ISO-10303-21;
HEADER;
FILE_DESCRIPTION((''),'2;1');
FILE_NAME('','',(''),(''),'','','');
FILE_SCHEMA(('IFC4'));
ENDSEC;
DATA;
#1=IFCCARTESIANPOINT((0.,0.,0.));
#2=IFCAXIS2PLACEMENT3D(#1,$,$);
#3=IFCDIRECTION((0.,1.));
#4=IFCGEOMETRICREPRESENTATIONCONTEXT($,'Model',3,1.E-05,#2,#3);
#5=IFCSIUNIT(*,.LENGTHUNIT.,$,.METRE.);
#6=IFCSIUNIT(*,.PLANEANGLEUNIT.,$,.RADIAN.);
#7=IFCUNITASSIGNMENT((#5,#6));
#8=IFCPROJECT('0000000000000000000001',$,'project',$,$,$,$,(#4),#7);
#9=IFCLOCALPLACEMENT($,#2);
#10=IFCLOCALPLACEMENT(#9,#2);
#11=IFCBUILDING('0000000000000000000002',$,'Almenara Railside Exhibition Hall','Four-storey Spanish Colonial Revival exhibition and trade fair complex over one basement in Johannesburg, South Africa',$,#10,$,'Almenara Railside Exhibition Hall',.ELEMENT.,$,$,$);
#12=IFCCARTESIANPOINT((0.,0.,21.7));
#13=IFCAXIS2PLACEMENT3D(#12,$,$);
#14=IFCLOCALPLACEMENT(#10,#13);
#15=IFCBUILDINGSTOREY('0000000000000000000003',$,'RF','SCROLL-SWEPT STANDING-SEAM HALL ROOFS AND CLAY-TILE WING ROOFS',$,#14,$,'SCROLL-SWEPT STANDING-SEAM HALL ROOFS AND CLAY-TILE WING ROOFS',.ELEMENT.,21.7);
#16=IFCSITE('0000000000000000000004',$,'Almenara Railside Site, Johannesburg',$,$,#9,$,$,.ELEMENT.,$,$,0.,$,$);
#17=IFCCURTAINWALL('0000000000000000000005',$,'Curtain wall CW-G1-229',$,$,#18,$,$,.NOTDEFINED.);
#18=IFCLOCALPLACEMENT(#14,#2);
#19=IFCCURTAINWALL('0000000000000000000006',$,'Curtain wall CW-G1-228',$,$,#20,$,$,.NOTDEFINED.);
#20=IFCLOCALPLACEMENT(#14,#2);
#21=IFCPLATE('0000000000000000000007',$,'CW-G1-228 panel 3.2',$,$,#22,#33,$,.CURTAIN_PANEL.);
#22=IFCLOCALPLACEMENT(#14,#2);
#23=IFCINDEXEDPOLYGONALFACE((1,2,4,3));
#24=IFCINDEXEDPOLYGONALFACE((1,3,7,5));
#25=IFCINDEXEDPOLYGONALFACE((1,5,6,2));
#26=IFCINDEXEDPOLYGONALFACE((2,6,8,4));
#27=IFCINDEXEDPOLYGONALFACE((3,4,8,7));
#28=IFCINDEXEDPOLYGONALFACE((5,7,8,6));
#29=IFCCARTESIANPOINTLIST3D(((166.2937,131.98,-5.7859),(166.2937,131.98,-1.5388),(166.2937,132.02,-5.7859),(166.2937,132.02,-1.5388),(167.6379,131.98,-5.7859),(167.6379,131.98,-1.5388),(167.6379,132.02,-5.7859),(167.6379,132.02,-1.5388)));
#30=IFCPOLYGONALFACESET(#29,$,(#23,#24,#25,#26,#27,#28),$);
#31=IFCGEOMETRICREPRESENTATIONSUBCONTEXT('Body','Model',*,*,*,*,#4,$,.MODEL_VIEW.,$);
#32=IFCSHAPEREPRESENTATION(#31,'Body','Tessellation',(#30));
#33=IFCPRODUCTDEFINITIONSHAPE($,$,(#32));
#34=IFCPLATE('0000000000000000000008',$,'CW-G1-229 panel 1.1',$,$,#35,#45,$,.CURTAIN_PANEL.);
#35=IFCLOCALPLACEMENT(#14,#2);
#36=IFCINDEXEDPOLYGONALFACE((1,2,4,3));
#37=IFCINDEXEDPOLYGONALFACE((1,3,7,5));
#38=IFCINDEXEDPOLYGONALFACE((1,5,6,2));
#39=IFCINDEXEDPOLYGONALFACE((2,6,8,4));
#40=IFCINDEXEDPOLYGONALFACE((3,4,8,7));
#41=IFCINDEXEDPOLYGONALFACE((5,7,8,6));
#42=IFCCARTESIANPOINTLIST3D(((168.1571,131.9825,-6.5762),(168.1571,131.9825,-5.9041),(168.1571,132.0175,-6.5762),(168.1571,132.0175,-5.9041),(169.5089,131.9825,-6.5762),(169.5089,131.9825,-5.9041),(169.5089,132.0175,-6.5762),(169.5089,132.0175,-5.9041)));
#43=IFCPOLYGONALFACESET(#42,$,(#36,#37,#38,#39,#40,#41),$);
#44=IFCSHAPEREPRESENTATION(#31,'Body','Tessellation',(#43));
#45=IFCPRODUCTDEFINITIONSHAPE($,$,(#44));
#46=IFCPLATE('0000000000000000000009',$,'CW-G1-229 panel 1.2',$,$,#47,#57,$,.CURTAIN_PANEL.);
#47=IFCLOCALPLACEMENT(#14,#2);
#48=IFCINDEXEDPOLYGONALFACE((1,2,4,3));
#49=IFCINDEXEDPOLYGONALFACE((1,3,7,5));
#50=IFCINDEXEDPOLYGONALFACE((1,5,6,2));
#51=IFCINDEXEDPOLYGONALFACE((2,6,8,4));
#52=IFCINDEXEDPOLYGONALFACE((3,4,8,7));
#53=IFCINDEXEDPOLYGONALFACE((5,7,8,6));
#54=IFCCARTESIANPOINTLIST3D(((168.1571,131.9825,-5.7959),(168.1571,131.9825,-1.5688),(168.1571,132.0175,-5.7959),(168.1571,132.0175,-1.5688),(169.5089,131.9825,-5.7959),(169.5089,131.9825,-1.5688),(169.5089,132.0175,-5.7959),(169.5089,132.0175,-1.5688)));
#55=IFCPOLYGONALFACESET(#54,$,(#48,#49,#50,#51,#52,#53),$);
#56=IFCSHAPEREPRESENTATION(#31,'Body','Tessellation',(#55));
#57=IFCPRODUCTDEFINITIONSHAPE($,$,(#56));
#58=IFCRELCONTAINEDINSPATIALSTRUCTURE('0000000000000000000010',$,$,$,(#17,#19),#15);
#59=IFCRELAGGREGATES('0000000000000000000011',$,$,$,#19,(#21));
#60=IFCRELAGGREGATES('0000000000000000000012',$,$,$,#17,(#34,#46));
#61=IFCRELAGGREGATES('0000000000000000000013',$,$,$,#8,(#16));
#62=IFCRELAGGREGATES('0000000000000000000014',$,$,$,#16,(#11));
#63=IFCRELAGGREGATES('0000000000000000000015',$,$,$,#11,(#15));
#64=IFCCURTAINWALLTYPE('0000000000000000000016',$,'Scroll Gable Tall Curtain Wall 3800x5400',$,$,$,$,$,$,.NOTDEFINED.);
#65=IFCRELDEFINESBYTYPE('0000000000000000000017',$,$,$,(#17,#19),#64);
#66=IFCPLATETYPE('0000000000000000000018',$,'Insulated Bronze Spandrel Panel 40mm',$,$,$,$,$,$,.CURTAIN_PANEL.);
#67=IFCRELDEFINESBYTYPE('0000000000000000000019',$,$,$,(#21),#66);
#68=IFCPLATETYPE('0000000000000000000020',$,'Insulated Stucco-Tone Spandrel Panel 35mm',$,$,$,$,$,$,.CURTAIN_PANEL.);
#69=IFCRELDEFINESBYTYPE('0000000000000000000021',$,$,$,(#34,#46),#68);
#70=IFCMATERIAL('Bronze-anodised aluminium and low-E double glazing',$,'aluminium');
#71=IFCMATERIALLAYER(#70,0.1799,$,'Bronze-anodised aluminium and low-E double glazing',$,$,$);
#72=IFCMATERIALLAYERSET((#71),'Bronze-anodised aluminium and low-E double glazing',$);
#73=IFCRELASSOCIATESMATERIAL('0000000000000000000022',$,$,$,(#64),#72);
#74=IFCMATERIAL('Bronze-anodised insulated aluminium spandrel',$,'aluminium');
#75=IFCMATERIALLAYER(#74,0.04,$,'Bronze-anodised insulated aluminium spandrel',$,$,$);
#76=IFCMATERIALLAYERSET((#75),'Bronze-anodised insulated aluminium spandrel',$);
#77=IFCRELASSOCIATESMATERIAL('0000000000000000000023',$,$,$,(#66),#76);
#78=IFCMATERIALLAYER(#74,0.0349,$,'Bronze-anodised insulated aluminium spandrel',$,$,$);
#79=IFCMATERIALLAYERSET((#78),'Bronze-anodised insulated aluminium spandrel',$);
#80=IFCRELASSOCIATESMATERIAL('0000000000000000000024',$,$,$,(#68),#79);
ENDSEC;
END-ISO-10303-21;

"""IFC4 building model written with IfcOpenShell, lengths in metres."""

from ifc_helpers import new_model, si_unit, direction, frame, origin, origin_2d, place, context, subcontext, project, spatial, rectangle, extrude, material, layer, layer_set, type_object, element, aggregate, save


model = new_model("IFC4")

# Units and contexts
model_context = context("Model", 3, precision=1e-05, world=origin(), true_north=direction((0.0, 1.0)))
body_context = subcontext(model_context, "Body", "Model", "MODEL_VIEW")
ifc_project = project(units=[si_unit("LENGTHUNIT", "METRE"), si_unit("PLANEANGLEUNIT", "RADIAN")], contexts=[model_context])

# Site, building, storey
site_placement = place(None, origin())
site = spatial("IfcSite", under=ifc_project, at=site_placement, Name="Almenara Railside Site, Johannesburg", CompositionType="ELEMENT", RefElevation=0.0)
building_placement = place(site_placement, origin())
building = spatial("IfcBuilding", under=site, at=building_placement, Name="Almenara Railside Exhibition Hall", Description="Four-storey Spanish Colonial Revival exhibition and trade fair complex over one basement in Johannesburg, South Africa", LongName="Almenara Railside Exhibition Hall", CompositionType="ELEMENT")
storey_placement = place(building_placement, frame((0.0, 0.0, 21.7)))
storey = spatial("IfcBuildingStorey", under=building, at=storey_placement, Name="RF", Description="SCROLL-SWEPT STANDING-SEAM HALL ROOFS AND CLAY-TILE WING ROOFS", LongName="SCROLL-SWEPT STANDING-SEAM HALL ROOFS AND CLAY-TILE WING ROOFS", CompositionType="ELEMENT", Elevation=21.7)

# Curtain walls
ifc_material_1 = material(Name="Bronze-anodised aluminium and low-E double glazing", Category="aluminium")
ifc_layer_1 = layer(ifc_material_1, 0.1799, Name="Bronze-anodised aluminium and low-E double glazing")
ifc_layer_set_1 = layer_set([ifc_layer_1], Name="Bronze-anodised aluminium and low-E double glazing")
curtain_wall_type = type_object("IfcCurtainWallType", Name="Scroll Gable Tall Curtain Wall 3800x5400", PredefinedType="NOTDEFINED", material=ifc_layer_set_1)
curtain_wall_1_placement = place(storey_placement, origin())
curtain_wall_1 = element("IfcCurtainWall", 1, at=curtain_wall_1_placement, inside=storey, type_object=curtain_wall_type, Name="Curtain wall CW-G1-229", PredefinedType="NOTDEFINED")
curtain_wall_2_placement = place(storey_placement, origin())
curtain_wall_2 = element("IfcCurtainWall", 2, at=curtain_wall_2_placement, inside=storey, type_object=curtain_wall_type, Name="Curtain wall CW-G1-228", PredefinedType="NOTDEFINED")

# Plates
ifc_material_2 = material(Name="Bronze-anodised insulated aluminium spandrel", Category="aluminium")
ifc_layer_2 = layer(ifc_material_2, 0.04, Name="Bronze-anodised insulated aluminium spandrel")
ifc_layer_set_2 = layer_set([ifc_layer_2], Name="Bronze-anodised insulated aluminium spandrel")
plate_type_1 = type_object("IfcPlateType", Name="Insulated Bronze Spandrel Panel 40mm", PredefinedType="CURTAIN_PANEL", material=ifc_layer_set_2)
plate_1_placement = place(storey_placement, frame((166.9658, 132.0, -5.7859), z_axis=(0.0, 0.0, 1.0), x_axis=(1.0, 0.0, 0.0)))
plate_1 = element("IfcPlate", 3, at=plate_1_placement, type_object=plate_type_1, Name="CW-G1-228 panel 3.2", PredefinedType="CURTAIN_PANEL", context=body_context, shape_type="SweptSolid", body=[
    extrude(rectangle(XDim=1.3442, YDim=0.04, at=origin_2d()), origin(), (0.0, 0.0, 1.0), 4.2471),
])
aggregate(curtain_wall_2, [plate_1])
ifc_layer_3 = layer(ifc_material_2, 0.0349, Name="Bronze-anodised insulated aluminium spandrel")
ifc_layer_set_3 = layer_set([ifc_layer_3], Name="Bronze-anodised insulated aluminium spandrel")
plate_type_2 = type_object("IfcPlateType", Name="Insulated Stucco-Tone Spandrel Panel 35mm", PredefinedType="CURTAIN_PANEL", material=ifc_layer_set_3)
plate_2_placement = place(storey_placement, frame((168.833, 132.0, -6.5762), z_axis=(0.0, 0.0, 1.0), x_axis=(1.0, 0.0, 0.0)))
plate_2 = element("IfcPlate", 4, at=plate_2_placement, type_object=plate_type_2, Name="CW-G1-229 panel 1.1", PredefinedType="CURTAIN_PANEL", context=body_context, shape_type="SweptSolid", body=[
    extrude(rectangle(XDim=1.3518, YDim=0.0349, at=origin_2d()), origin(), (0.0, 0.0, 1.0), 0.6721),
])
plate_3_placement = place(storey_placement, frame((168.833, 132.0, -5.7959), z_axis=(0.0, 0.0, 1.0), x_axis=(1.0, 0.0, 0.0)))
plate_3 = element("IfcPlate", 5, at=plate_3_placement, type_object=plate_type_2, Name="CW-G1-229 panel 1.2", PredefinedType="CURTAIN_PANEL", context=body_context, shape_type="SweptSolid", body=[
    extrude(rectangle(XDim=1.3518, YDim=0.0349, at=origin_2d()), origin(), (0.0, 0.0, 1.0), 4.2271),
])
aggregate(curtain_wall_1, [plate_2, plate_3])

save(model, "model.ifc")
